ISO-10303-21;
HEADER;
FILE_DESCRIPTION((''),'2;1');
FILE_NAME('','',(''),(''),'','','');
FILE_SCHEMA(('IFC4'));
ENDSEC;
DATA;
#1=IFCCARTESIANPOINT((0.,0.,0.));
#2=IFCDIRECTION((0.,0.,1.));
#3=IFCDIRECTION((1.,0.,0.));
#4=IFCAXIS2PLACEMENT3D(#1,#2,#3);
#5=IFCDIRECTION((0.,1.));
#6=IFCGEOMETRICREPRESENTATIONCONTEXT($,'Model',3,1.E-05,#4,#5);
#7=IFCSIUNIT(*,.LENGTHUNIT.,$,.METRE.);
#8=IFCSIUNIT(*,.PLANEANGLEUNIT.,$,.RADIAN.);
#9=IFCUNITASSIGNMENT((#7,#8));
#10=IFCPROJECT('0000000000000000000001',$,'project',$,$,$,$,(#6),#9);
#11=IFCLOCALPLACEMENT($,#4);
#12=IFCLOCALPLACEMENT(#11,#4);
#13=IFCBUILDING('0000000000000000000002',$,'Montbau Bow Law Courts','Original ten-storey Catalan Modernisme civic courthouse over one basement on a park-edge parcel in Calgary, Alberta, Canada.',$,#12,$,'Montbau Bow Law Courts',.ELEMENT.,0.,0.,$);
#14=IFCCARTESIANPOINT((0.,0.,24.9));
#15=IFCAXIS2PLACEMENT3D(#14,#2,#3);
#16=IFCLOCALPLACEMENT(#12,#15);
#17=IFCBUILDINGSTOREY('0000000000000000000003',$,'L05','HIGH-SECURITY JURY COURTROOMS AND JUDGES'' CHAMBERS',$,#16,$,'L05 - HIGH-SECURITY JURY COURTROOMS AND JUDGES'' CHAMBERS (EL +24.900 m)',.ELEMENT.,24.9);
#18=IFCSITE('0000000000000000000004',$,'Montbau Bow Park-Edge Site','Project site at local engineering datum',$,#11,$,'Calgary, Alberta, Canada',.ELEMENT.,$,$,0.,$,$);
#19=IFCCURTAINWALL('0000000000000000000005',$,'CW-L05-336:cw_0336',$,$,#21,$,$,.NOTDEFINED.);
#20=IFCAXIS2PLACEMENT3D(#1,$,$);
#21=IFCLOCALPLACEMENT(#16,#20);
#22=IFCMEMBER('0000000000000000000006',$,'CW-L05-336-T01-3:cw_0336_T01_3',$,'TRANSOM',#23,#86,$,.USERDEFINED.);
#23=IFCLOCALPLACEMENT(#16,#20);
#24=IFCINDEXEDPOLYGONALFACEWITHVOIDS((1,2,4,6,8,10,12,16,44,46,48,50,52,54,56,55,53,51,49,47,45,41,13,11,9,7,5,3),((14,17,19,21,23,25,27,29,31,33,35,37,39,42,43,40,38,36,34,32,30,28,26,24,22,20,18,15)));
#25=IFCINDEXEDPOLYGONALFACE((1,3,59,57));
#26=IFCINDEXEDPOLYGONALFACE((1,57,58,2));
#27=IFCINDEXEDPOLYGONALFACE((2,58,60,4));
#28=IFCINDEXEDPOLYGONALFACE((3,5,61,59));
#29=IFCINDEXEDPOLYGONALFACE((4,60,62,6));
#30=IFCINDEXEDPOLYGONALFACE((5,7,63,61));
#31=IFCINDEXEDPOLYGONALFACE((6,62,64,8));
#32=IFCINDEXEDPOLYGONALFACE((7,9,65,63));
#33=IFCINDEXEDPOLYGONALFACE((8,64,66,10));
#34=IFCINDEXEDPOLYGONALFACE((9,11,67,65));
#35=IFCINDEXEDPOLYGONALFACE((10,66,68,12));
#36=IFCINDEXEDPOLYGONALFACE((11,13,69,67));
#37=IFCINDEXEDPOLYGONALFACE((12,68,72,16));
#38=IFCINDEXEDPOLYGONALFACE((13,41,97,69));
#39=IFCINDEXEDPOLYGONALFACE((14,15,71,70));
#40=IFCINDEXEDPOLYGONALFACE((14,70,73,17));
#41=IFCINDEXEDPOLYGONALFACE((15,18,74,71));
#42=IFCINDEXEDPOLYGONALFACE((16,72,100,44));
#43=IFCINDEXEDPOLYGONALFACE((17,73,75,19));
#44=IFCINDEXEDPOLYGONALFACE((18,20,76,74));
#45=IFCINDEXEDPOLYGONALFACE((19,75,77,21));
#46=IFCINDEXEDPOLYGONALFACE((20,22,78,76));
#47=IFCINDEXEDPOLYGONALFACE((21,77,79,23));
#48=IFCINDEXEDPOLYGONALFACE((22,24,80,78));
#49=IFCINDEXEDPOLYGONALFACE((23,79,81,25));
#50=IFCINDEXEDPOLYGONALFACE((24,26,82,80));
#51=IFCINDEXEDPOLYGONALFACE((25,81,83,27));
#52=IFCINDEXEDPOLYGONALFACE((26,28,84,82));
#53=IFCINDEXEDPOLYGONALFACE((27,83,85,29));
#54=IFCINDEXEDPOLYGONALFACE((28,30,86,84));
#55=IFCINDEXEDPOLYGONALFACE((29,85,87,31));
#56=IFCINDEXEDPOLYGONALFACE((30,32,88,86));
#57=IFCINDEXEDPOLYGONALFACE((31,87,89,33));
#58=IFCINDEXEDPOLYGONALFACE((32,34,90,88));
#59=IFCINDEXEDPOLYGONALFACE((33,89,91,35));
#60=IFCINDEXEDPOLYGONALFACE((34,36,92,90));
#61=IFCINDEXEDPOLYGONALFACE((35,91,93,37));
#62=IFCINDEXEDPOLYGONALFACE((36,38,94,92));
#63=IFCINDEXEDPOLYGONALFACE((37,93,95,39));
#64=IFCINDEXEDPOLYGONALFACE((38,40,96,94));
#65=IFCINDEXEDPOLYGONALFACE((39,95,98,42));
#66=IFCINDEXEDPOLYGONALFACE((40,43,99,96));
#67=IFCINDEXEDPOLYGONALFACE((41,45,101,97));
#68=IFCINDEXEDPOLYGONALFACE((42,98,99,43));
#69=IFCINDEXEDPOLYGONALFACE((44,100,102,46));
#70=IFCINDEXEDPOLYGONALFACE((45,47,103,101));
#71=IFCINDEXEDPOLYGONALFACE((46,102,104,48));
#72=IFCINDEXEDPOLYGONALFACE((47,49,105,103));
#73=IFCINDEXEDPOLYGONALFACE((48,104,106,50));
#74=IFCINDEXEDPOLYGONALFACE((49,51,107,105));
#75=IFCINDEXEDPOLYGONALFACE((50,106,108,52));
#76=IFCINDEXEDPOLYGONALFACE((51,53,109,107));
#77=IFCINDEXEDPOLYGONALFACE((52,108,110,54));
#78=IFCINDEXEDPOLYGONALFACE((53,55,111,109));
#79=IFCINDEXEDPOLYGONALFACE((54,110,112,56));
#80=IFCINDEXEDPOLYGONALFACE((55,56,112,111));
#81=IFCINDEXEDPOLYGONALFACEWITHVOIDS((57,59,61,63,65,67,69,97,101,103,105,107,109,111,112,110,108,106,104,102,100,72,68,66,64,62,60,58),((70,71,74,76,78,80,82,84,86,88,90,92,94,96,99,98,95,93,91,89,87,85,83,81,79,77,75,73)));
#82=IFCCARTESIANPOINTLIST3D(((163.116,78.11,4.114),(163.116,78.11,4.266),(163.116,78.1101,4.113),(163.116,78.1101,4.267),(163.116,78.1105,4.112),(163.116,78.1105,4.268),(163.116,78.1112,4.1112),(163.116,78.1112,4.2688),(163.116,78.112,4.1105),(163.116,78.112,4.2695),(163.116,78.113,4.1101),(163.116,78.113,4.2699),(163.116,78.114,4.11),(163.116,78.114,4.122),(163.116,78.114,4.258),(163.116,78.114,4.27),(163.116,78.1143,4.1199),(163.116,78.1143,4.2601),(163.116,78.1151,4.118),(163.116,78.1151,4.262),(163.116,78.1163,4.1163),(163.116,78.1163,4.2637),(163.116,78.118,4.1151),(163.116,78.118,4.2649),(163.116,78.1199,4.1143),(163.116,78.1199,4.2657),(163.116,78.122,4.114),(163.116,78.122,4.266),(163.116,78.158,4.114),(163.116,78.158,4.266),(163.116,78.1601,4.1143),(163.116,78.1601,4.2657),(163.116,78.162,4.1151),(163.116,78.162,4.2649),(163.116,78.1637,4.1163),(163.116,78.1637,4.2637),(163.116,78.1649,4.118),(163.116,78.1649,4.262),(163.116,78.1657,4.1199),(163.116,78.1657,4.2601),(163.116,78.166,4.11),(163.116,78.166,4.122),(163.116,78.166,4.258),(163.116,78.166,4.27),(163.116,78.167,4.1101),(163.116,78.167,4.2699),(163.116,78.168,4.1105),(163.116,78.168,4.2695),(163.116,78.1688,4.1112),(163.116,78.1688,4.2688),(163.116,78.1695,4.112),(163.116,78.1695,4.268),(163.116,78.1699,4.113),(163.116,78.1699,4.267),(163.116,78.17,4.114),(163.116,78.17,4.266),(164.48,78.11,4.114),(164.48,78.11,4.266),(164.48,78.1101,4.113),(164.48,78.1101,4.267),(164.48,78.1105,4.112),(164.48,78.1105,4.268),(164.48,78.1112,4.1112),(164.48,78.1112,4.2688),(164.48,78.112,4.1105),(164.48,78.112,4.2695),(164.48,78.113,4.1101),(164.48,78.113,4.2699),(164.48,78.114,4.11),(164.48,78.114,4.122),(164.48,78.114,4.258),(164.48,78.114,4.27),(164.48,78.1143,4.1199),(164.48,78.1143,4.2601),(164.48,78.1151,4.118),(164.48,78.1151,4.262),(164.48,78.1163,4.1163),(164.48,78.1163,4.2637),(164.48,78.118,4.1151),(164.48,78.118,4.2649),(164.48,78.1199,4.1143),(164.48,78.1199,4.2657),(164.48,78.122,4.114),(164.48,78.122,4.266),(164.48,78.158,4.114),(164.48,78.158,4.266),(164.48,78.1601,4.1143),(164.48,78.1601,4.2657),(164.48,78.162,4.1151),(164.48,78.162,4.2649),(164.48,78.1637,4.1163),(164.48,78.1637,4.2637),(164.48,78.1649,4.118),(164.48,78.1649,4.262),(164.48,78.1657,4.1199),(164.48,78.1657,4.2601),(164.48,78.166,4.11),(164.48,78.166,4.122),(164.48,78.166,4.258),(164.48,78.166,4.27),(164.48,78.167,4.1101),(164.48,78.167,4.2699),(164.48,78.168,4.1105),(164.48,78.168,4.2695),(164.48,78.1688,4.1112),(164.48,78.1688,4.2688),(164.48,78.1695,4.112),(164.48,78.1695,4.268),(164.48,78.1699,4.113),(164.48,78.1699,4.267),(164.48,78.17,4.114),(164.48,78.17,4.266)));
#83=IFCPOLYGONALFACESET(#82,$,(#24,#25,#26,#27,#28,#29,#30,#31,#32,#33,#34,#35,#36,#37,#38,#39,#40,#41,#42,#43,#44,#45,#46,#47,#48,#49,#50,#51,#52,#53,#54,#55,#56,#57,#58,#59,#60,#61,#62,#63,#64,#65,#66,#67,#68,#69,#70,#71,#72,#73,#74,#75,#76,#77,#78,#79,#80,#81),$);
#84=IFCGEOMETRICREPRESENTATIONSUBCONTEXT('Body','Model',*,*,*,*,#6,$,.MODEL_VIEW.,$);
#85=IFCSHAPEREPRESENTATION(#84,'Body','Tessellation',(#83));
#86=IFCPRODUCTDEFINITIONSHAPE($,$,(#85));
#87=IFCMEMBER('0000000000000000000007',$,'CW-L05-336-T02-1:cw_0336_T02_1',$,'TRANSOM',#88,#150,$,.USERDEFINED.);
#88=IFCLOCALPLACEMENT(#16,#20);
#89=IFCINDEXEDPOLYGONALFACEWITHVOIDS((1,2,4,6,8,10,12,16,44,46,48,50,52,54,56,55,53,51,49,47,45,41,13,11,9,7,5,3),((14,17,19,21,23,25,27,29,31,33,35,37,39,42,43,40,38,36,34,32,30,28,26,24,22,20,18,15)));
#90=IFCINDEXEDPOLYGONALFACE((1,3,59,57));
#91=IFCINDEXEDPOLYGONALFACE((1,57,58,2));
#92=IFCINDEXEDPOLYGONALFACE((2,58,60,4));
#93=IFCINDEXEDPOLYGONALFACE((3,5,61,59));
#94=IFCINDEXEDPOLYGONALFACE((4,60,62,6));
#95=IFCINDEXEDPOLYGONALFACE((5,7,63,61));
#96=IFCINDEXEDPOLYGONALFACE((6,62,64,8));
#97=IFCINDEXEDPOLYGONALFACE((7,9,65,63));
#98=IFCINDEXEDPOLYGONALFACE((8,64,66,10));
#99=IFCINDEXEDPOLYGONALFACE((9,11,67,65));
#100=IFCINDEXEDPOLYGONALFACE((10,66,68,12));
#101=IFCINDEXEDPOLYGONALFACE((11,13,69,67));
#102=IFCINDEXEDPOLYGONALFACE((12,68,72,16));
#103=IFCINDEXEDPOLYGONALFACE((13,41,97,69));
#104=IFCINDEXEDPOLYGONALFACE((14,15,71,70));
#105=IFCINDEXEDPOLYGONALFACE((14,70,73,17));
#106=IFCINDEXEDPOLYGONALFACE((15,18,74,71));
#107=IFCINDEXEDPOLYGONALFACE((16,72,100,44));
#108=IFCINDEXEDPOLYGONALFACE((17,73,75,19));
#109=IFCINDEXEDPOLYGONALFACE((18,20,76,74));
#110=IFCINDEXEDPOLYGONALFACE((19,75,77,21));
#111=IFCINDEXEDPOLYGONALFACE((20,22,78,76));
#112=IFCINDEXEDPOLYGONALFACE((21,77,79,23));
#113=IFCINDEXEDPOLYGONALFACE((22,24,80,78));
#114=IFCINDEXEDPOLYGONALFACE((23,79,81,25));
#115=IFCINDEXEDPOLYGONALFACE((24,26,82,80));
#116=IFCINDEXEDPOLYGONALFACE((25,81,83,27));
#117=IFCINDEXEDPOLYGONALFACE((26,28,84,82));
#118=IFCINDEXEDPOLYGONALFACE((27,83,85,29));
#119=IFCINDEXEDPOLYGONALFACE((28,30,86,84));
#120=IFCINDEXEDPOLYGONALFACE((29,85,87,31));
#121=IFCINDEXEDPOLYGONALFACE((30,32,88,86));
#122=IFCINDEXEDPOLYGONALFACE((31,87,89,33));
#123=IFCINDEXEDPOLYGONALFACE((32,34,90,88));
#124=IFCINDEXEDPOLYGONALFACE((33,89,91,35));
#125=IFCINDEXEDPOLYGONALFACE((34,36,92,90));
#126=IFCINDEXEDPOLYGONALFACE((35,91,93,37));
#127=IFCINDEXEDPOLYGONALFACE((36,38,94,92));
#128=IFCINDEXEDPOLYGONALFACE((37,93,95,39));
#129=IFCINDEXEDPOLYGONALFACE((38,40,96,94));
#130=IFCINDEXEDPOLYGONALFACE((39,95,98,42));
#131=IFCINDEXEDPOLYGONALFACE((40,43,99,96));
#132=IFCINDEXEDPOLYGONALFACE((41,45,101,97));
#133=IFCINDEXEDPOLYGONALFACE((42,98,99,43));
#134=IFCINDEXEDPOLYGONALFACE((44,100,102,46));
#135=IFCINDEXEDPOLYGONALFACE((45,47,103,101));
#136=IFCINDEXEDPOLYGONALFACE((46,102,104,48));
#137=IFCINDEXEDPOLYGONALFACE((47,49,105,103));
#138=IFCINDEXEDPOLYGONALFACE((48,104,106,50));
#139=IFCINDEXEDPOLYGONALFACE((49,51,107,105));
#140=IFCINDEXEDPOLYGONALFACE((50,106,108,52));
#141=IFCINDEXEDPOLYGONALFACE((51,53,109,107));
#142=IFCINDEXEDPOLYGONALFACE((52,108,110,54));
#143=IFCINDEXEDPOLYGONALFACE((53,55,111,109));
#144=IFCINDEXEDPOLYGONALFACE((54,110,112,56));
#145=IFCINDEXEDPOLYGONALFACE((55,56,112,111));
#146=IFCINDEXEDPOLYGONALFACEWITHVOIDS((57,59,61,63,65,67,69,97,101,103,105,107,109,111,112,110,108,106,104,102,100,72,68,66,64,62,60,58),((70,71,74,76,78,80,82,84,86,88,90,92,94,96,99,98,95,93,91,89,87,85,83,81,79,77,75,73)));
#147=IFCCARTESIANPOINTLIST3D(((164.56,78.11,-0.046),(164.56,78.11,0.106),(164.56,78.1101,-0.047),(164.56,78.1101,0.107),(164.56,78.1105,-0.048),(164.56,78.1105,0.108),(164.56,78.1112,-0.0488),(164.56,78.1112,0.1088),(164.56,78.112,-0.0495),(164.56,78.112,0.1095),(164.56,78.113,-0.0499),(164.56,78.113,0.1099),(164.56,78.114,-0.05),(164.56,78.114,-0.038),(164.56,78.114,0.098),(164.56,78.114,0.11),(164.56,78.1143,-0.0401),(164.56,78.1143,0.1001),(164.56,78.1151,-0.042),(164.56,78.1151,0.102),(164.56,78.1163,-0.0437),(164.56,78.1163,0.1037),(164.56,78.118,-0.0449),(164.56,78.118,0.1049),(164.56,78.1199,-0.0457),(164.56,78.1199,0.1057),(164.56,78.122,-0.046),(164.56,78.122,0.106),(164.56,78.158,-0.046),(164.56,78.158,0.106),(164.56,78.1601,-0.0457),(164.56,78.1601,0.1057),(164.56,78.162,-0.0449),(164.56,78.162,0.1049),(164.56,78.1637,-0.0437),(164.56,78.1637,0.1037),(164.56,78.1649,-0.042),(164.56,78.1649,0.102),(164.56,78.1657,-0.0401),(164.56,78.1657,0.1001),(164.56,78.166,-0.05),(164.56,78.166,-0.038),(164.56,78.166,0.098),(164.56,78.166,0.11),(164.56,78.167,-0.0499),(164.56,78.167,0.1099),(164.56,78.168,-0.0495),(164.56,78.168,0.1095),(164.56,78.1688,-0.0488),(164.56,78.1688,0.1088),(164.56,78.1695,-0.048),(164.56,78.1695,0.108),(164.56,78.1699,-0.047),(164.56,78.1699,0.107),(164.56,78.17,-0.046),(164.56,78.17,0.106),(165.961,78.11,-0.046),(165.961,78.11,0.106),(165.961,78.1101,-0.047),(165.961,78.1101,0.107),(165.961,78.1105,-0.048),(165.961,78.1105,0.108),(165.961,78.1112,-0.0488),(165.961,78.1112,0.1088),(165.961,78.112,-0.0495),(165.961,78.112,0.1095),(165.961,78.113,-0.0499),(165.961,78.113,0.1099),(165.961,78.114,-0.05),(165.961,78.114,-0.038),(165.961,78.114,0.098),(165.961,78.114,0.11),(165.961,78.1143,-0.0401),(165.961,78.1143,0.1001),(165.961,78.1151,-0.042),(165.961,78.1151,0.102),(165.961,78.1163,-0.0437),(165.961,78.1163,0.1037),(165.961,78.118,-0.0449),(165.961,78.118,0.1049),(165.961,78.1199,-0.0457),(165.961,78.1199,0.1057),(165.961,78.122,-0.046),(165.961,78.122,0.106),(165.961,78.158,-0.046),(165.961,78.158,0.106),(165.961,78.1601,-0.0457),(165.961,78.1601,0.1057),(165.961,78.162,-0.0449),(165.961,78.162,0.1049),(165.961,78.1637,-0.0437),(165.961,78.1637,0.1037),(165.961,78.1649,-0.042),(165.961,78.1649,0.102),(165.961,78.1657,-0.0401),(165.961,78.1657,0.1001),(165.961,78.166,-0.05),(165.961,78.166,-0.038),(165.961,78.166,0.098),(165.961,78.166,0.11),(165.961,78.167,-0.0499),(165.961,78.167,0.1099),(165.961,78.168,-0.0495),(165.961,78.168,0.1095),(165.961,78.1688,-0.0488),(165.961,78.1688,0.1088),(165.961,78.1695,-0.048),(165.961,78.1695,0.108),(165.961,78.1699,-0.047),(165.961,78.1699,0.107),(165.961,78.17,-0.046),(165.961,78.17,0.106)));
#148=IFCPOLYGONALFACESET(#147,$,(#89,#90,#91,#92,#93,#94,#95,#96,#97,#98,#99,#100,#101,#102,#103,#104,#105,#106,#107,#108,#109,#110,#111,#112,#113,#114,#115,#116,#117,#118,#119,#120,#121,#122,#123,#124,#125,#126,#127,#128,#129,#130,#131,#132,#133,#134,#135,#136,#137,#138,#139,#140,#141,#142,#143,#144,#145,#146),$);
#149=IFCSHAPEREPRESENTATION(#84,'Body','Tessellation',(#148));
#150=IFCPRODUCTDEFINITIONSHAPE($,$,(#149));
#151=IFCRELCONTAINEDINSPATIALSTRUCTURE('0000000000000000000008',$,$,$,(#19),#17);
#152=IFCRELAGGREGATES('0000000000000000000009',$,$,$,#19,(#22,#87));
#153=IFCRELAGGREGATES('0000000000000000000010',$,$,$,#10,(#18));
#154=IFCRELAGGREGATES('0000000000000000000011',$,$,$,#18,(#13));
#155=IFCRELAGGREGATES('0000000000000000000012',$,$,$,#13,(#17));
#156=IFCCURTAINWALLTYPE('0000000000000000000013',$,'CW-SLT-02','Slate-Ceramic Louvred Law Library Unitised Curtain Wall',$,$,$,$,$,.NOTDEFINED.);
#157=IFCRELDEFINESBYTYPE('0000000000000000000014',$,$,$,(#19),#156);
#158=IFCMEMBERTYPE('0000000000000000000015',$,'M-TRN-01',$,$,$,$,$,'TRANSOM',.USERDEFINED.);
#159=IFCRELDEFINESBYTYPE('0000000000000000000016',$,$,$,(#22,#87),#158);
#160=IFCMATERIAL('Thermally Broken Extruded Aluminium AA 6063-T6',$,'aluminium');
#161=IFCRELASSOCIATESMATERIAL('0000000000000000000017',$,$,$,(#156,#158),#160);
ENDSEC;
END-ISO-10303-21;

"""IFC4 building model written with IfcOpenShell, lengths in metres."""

from ifc_helpers import new_model, si_unit, direction, frame, origin_with_axes, origin_2d_with_axis, place, context, subcontext, project, spatial, hollow_rectangle, extrude, material, material_profile, profile_set, type_object, element, aggregate, save


model = new_model("IFC4")

# Units and contexts
model_context = context("Model", 3, precision=1e-05, world=origin_with_axes(), true_north=direction((0.0, 1.0)))
body_context = subcontext(model_context, "Body", "Model", "MODEL_VIEW")
ifc_project = project(units=[si_unit("LENGTHUNIT", "METRE"), si_unit("PLANEANGLEUNIT", "RADIAN")], contexts=[model_context])

# Site, building, storey
site_placement = place(None, origin_with_axes())
site = spatial("IfcSite", under=ifc_project, at=site_placement, Name="Montbau Bow Park-Edge Site", Description="Project site at local engineering datum", LongName="Calgary, Alberta, Canada", CompositionType="ELEMENT", RefElevation=0.0)
building_placement = place(site_placement, origin_with_axes())
building = spatial("IfcBuilding", under=site, at=building_placement, Name="Montbau Bow Law Courts", Description="Original ten-storey Catalan Modernisme civic courthouse over one basement on a park-edge parcel in Calgary, Alberta, Canada.", LongName="Montbau Bow Law Courts", CompositionType="ELEMENT", ElevationOfRefHeight=0.0, ElevationOfTerrain=0.0)
storey_placement = place(building_placement, frame((0.0, 0.0, 24.9), z_axis=(0.0, 0.0, 1.0), x_axis=(1.0, 0.0, 0.0)))
storey = spatial("IfcBuildingStorey", under=building, at=storey_placement, Name="L05", Description="HIGH-SECURITY JURY COURTROOMS AND JUDGES' CHAMBERS", LongName="L05 - HIGH-SECURITY JURY COURTROOMS AND JUDGES' CHAMBERS (EL +24.900 m)", CompositionType="ELEMENT", Elevation=24.9)

# Curtain wall, members
ifc_material_1 = material(Name="Thermally Broken Extruded Aluminium AA 6063-T6", Category="aluminium")
curtain_wall_type = type_object("IfcCurtainWallType", Name="CW-SLT-02", Description="Slate-Ceramic Louvred Law Library Unitised Curtain Wall", PredefinedType="NOTDEFINED", material=ifc_material_1)
curtain_wall_placement = place(None, frame((163.04, 78.14, 24.9), z_axis=(0.0, 0.0, 1.0), x_axis=(1.0, 0.0, 0.0)))
curtain_wall = element("IfcCurtainWall", 1, at=curtain_wall_placement, inside=storey, type_object=curtain_wall_type, Name="CW-L05-336:cw_0336", PredefinedType="NOTDEFINED")
ifc_material_profile_1 = material_profile(ifc_material_1, hollow_rectangle(XDim=0.06, YDim=0.16, WallThickness=0.004, InnerFilletRadius=0.008, OuterFilletRadius=0.004, at=origin_2d_with_axis()), Name="CWT-160X60", Category="Main", Priority=0)
ifc_profile_set_1 = profile_set([ifc_material_profile_1], Name="Thermally Broken Extruded Aluminium AA 6063-T6")
member_type_1 = type_object("IfcMemberType", Name="M-TRN-01", ElementType="TRANSOM", PredefinedType="USERDEFINED", material=ifc_profile_set_1)
member_1_placement = place(None, frame((163.116, 78.14, 29.09), z_axis=(1.0, 0.0, 0.0), x_axis=(0.0, 1.0, 0.0)))
member_1 = element("IfcMember", 2, at=member_1_placement, type_object=member_type_1, Name="CW-L05-336-T01-3:cw_0336_T01_3", ObjectType="TRANSOM", PredefinedType="USERDEFINED", context=body_context, shape_type="SweptSolid", body=[
    extrude(hollow_rectangle(XDim=0.06, YDim=0.16, WallThickness=0.004, InnerFilletRadius=0.008, OuterFilletRadius=0.004, at=origin_2d_with_axis()), origin_with_axes(), (0.0, 0.0, 1.0), 1.364),
])
member_2_placement = place(None, frame((164.56, 78.14, 24.93), z_axis=(1.0, 0.0, 0.0), x_axis=(0.0, 1.0, 0.0)))
member_2 = element("IfcMember", 3, at=member_2_placement, type_object=member_type_1, Name="CW-L05-336-T02-1:cw_0336_T02_1", ObjectType="TRANSOM", PredefinedType="USERDEFINED", context=body_context, shape_type="SweptSolid", body=[
    extrude(hollow_rectangle(XDim=0.06, YDim=0.16, WallThickness=0.004, InnerFilletRadius=0.008, OuterFilletRadius=0.004, at=origin_2d_with_axis()), origin_with_axes(), (0.0, 0.0, 1.0), 1.401),
])
aggregate(curtain_wall, [member_1, member_2])

save(model, "model.ifc")
